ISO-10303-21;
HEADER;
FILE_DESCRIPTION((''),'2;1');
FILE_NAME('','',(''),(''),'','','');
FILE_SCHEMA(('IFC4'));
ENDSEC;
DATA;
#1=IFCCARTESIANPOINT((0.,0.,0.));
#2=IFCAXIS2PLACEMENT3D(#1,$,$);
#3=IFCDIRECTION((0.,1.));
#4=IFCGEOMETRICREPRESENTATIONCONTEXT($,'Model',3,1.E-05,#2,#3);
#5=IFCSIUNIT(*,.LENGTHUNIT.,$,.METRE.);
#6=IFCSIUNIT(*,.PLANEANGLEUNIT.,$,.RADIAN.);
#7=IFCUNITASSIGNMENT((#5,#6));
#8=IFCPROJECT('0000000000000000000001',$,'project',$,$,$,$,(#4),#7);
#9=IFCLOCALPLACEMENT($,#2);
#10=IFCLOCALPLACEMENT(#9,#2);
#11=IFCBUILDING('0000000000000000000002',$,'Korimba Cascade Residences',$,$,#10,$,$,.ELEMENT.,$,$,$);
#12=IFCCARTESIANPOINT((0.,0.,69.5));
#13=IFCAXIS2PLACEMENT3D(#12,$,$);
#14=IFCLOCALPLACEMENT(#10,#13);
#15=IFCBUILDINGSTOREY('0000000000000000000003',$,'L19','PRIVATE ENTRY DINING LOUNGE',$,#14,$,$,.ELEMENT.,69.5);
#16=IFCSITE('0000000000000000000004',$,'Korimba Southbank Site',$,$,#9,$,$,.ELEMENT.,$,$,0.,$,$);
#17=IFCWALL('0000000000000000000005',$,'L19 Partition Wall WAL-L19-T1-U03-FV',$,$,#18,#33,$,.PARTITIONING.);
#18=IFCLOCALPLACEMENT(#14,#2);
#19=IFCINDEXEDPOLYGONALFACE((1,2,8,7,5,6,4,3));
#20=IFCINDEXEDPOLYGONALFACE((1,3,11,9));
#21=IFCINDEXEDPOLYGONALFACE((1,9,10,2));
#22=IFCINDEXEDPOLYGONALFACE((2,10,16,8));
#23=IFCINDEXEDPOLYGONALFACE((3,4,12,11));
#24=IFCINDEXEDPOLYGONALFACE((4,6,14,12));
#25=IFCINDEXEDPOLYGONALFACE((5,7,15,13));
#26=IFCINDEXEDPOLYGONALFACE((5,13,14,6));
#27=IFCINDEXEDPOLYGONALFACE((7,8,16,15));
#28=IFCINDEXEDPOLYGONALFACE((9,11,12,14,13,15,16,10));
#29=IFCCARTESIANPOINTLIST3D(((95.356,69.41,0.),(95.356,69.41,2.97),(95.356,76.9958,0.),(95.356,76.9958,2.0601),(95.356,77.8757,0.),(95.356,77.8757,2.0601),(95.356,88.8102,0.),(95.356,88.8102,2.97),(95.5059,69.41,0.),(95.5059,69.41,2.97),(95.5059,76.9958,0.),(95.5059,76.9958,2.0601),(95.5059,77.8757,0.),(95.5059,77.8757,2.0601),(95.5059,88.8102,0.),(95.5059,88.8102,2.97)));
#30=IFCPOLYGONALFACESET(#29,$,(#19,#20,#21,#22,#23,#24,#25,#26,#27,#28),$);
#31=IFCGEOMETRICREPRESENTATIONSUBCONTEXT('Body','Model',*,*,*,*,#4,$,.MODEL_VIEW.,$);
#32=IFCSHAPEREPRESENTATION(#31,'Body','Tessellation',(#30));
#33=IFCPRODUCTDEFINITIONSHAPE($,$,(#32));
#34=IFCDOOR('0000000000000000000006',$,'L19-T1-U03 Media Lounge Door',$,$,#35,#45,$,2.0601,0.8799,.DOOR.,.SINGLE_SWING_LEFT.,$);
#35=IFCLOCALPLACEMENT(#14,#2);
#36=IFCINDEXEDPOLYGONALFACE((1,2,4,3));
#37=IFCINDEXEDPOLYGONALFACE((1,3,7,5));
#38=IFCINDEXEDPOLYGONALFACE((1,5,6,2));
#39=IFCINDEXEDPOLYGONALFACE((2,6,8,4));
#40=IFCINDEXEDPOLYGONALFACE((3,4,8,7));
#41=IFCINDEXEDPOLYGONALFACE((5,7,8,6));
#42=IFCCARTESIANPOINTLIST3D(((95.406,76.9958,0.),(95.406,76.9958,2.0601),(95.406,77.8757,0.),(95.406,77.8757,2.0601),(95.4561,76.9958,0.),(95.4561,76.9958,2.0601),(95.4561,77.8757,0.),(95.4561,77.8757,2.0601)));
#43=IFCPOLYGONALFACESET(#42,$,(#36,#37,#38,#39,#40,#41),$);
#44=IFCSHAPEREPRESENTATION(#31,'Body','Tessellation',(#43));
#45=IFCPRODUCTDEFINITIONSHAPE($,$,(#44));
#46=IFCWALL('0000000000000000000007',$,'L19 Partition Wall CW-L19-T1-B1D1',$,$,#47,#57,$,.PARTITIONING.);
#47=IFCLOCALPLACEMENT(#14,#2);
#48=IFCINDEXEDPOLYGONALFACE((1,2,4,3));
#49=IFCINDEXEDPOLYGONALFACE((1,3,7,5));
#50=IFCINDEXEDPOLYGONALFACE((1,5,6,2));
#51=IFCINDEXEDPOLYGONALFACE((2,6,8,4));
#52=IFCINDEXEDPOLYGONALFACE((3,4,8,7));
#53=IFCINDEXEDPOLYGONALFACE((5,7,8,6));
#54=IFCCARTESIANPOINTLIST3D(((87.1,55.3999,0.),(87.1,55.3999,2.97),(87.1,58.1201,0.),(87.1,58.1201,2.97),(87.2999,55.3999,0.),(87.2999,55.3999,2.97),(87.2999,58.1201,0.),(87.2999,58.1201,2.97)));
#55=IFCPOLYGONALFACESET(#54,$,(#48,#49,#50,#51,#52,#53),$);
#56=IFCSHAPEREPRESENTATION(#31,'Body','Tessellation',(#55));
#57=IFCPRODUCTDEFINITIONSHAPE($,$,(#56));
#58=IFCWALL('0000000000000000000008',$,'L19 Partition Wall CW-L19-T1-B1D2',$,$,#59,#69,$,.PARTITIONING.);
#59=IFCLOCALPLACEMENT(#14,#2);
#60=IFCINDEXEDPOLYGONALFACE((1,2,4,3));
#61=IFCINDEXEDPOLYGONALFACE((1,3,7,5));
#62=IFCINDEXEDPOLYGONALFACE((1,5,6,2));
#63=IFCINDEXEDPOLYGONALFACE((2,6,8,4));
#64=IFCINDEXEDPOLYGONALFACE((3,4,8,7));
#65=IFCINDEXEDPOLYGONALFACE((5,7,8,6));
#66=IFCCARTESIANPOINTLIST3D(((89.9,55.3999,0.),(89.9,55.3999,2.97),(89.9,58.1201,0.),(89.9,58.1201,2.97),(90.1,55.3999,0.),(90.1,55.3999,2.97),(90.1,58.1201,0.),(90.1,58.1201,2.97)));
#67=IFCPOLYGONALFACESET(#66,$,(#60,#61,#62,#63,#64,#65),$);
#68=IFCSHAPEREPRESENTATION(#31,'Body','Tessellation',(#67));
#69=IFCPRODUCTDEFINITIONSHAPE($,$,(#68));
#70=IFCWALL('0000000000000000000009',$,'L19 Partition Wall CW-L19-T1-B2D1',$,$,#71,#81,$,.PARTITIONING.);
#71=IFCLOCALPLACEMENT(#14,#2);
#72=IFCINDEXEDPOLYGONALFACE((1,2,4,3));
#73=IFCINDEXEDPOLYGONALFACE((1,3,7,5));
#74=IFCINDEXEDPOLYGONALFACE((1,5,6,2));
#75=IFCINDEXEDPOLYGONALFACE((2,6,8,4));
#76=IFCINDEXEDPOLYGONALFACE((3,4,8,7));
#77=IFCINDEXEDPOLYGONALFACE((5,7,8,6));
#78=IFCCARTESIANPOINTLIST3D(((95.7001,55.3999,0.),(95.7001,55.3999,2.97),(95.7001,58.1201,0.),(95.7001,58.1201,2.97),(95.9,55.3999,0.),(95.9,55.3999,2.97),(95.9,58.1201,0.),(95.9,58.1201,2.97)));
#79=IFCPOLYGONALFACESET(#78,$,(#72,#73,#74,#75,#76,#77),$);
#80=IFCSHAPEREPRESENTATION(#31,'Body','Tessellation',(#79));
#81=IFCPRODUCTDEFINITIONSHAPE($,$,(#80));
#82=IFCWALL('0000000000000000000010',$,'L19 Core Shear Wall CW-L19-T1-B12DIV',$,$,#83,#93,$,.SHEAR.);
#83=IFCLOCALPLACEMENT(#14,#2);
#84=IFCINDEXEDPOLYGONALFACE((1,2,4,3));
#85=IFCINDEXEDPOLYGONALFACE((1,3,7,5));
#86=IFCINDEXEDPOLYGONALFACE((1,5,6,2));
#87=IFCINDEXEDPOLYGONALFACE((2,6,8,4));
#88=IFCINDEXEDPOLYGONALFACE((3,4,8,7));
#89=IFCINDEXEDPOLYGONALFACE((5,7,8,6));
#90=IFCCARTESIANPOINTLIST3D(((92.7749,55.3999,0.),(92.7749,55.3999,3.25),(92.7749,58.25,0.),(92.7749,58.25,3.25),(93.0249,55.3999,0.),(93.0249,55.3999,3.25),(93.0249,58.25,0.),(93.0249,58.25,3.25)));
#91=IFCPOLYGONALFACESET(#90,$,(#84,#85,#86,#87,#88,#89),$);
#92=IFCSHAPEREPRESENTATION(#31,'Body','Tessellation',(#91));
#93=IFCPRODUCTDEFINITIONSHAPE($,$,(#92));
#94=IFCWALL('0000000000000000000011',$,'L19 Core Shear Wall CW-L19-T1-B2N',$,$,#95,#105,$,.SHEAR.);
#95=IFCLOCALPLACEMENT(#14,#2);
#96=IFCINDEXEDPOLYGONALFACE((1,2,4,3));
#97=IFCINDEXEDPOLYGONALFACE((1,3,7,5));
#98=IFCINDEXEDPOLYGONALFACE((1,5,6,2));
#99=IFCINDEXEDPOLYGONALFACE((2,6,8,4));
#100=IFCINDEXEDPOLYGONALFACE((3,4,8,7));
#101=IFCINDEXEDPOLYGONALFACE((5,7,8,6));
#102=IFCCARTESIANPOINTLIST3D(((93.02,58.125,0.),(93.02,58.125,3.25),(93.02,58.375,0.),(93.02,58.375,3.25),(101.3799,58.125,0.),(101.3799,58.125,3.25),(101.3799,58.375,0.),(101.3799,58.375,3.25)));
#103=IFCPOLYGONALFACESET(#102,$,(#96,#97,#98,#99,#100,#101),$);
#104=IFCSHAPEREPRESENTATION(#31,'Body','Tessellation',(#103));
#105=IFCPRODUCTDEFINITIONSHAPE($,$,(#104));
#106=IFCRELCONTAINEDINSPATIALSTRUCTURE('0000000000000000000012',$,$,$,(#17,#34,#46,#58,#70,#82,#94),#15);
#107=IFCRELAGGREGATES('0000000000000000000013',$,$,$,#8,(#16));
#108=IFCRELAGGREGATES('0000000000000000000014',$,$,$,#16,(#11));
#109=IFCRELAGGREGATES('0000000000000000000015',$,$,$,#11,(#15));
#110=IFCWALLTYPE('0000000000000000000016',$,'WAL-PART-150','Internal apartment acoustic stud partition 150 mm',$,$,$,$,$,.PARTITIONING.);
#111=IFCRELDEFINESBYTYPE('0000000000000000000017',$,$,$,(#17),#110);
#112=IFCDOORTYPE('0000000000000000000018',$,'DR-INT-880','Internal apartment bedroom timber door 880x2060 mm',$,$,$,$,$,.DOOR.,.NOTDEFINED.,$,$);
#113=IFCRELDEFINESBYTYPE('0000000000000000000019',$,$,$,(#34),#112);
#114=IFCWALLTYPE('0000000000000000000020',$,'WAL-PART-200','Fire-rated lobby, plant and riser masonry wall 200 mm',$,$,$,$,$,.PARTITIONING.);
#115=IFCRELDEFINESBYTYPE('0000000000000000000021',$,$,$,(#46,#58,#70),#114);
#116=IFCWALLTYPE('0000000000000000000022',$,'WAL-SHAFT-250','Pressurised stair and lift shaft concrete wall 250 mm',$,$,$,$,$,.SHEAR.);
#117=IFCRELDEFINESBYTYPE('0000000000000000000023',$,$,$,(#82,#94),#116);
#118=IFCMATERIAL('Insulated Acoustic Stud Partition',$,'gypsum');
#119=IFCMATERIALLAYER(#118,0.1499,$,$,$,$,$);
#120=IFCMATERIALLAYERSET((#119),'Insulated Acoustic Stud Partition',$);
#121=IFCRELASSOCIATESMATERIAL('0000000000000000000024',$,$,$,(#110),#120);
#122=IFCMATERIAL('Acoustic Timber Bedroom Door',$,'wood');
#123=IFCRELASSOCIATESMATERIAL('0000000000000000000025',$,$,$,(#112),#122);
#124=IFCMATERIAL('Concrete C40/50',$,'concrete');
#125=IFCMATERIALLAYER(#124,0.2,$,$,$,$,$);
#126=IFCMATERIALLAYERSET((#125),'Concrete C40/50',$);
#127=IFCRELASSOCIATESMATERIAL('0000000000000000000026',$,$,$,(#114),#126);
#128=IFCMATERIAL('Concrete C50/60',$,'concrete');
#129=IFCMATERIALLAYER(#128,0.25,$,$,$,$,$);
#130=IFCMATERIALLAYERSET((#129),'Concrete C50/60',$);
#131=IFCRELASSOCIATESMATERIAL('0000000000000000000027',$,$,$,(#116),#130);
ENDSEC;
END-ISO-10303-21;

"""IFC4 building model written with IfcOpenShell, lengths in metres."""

from ifc_helpers import new_model, si_unit, direction, frame, frame_2d, origin, place, context, subcontext, project, spatial, rectangle, extrude, material, layer, layer_set, type_object, element, fill, save


model = new_model("IFC4")

# Units and contexts
model_context = context("Model", 3, precision=1e-05, world=origin(), true_north=direction((0.0, 1.0)))
body_context = subcontext(model_context, "Body", "Model", "MODEL_VIEW")
ifc_project = project(units=[si_unit("LENGTHUNIT", "METRE"), si_unit("PLANEANGLEUNIT", "RADIAN")], contexts=[model_context])

# Site, building, storey
site_placement = place(None, origin())
site = spatial("IfcSite", under=ifc_project, at=site_placement, Name="Korimba Southbank Site", CompositionType="ELEMENT", RefElevation=0.0)
building_placement = place(site_placement, origin())
building = spatial("IfcBuilding", under=site, at=building_placement, Name="Korimba Cascade Residences", CompositionType="ELEMENT")
storey_placement = place(building_placement, frame((0.0, 0.0, 69.5)))
storey = spatial("IfcBuildingStorey", under=building, at=storey_placement, Name="L19", Description="PRIVATE ENTRY DINING LOUNGE", CompositionType="ELEMENT", Elevation=69.5)

# Shared definitions
ifc_material_1 = material(Name="Concrete C50/60", Category="concrete")

# Shared definitions
ifc_material_2 = material(Name="Insulated Acoustic Stud Partition", Category="gypsum")
ifc_layer_1 = layer(ifc_material_2, 0.1499)
ifc_layer_set_1 = layer_set([ifc_layer_1], Name="Insulated Acoustic Stud Partition")
wall_type_1 = type_object("IfcWallType", Name="WAL-PART-150", Description="Internal apartment acoustic stud partition 150 mm", PredefinedType="PARTITIONING", material=ifc_layer_set_1)

# Shared definitions
ifc_material_3 = material(Name="Acoustic Timber Bedroom Door", Category="wood")
door_type_1 = type_object("IfcDoorType", Name="DR-INT-880", Description="Internal apartment bedroom timber door 880x2060 mm", OperationType="NOTDEFINED", PredefinedType="DOOR", material=ifc_material_3)

# Wall, opening, door
wall_1_placement = place(storey_placement, frame((95.4309, 69.4099, 0.0), z_axis=(0.0, 0.0, 1.0), x_axis=(0.0, 1.0, 0.0)))
wall_1 = element("IfcWall", 1, at=wall_1_placement, inside=storey, type_object=wall_type_1, Name="L19 Partition Wall WAL-L19-T1-U03-FV", PredefinedType="PARTITIONING", context=body_context, shape_type="SweptSolid", body=[
    extrude(rectangle(XDim=19.4001, YDim=0.1499, at=frame_2d((9.7002, 0.0))), origin(), (0.0, 0.0, 1.0), 2.97),
])
opening_1_placement = place(wall_1_placement, frame((7.5859, 0.0, 0.0)))
opening_1 = element("IfcOpeningElement", 2, at=opening_1_placement, cuts=wall_1, PredefinedType="OPENING", context=body_context, shape_type="SweptSolid", body=[
    extrude(rectangle(XDim=0.8799, YDim=2.0601, at=frame_2d((0.4399, 1.03))), frame((0.0, 0.085, 0.0), z_axis=(0.0, -1.0, 0.0), x_axis=(1.0, 0.0, 0.0)), (0.0, 0.0, 1.0), 0.1699),
])
door_1_placement = place(opening_1_placement, origin())
door_1 = element("IfcDoor", 3, at=door_1_placement, inside=storey, type_object=door_type_1, Name="L19-T1-U03 Media Lounge Door", OperationType="SINGLE_SWING_LEFT", OverallHeight=2.0601, OverallWidth=0.8799, PredefinedType="DOOR", context=body_context, shape_type="SweptSolid", body=[
    extrude(rectangle(XDim=0.8799, YDim=2.0601, at=frame_2d((0.4399, 1.03))), frame((0.0, 0.0249, 0.0), z_axis=(0.0, -1.0, 0.0), x_axis=(1.0, 0.0, 0.0)), (0.0, 0.0, 1.0), 0.05),
])
fill(opening_1, door_1)

# Walls
ifc_material_4 = material(Name="Concrete C40/50", Category="concrete")
ifc_layer_2 = layer(ifc_material_4, 0.2)
ifc_layer_set_2 = layer_set([ifc_layer_2], Name="Concrete C40/50")
wall_type_2 = type_object("IfcWallType", Name="WAL-PART-200", Description="Fire-rated lobby, plant and riser masonry wall 200 mm", PredefinedType="PARTITIONING", material=ifc_layer_set_2)
for number, where, z_axis, x_axis, name in (
    (4, (87.2, 55.3999, 0.0), (0.0, 0.0, 1.0), (0.0, 1.0, 0.0), "L19 Partition Wall CW-L19-T1-B1D1"),
    (5, (90.0, 55.3999, 0.0), (0.0, 0.0, 1.0), (0.0, 1.0, 0.0), "L19 Partition Wall CW-L19-T1-B1D2"),
    (6, (95.8, 55.3999, 0.0), (0.0, 0.0, 1.0), (0.0, 1.0, 0.0), "L19 Partition Wall CW-L19-T1-B2D1"),
):
    element("IfcWall", number, at=place(storey_placement, frame(where, z_axis=z_axis, x_axis=x_axis)), inside=storey, type_object=wall_type_2, Name=name, PredefinedType="PARTITIONING", context=body_context, shape_type="SweptSolid", body=[
        extrude(rectangle(XDim=2.7202, YDim=0.2, at=frame_2d((1.3601, 0.0))), origin(), (0.0, 0.0, 1.0), 2.97),
    ])
ifc_layer_3 = layer(ifc_material_1, 0.25)
ifc_layer_set_3 = layer_set([ifc_layer_3], Name="Concrete C50/60")
wall_type_3 = type_object("IfcWallType", Name="WAL-SHAFT-250", Description="Pressurised stair and lift shaft concrete wall 250 mm", PredefinedType="SHEAR", material=ifc_layer_set_3)
wall_2_placement = place(storey_placement, frame((92.8999, 55.3999, 0.0), z_axis=(0.0, 0.0, 1.0), x_axis=(0.0, 1.0, 0.0)))
element("IfcWall", 7, at=wall_2_placement, inside=storey, type_object=wall_type_3, Name="L19 Core Shear Wall CW-L19-T1-B12DIV", PredefinedType="SHEAR", context=body_context, shape_type="SweptSolid", body=[
    extrude(rectangle(XDim=2.8501, YDim=0.25, at=frame_2d((1.425, 0.0))), origin(), (0.0, 0.0, 1.0), 3.25),
])
wall_3_placement = place(storey_placement, frame((93.02, 58.25, 0.0), z_axis=(0.0, 0.0, 1.0), x_axis=(1.0, 0.0, 0.0)))
element("IfcWall", 8, at=wall_3_placement, inside=storey, type_object=wall_type_3, Name="L19 Core Shear Wall CW-L19-T1-B2N", PredefinedType="SHEAR", context=body_context, shape_type="SweptSolid", body=[
    extrude(rectangle(XDim=8.3599, YDim=0.25, at=frame_2d((4.1799, 0.0))), origin(), (0.0, 0.0, 1.0), 3.25),
])

save(model, "model.ifc")
